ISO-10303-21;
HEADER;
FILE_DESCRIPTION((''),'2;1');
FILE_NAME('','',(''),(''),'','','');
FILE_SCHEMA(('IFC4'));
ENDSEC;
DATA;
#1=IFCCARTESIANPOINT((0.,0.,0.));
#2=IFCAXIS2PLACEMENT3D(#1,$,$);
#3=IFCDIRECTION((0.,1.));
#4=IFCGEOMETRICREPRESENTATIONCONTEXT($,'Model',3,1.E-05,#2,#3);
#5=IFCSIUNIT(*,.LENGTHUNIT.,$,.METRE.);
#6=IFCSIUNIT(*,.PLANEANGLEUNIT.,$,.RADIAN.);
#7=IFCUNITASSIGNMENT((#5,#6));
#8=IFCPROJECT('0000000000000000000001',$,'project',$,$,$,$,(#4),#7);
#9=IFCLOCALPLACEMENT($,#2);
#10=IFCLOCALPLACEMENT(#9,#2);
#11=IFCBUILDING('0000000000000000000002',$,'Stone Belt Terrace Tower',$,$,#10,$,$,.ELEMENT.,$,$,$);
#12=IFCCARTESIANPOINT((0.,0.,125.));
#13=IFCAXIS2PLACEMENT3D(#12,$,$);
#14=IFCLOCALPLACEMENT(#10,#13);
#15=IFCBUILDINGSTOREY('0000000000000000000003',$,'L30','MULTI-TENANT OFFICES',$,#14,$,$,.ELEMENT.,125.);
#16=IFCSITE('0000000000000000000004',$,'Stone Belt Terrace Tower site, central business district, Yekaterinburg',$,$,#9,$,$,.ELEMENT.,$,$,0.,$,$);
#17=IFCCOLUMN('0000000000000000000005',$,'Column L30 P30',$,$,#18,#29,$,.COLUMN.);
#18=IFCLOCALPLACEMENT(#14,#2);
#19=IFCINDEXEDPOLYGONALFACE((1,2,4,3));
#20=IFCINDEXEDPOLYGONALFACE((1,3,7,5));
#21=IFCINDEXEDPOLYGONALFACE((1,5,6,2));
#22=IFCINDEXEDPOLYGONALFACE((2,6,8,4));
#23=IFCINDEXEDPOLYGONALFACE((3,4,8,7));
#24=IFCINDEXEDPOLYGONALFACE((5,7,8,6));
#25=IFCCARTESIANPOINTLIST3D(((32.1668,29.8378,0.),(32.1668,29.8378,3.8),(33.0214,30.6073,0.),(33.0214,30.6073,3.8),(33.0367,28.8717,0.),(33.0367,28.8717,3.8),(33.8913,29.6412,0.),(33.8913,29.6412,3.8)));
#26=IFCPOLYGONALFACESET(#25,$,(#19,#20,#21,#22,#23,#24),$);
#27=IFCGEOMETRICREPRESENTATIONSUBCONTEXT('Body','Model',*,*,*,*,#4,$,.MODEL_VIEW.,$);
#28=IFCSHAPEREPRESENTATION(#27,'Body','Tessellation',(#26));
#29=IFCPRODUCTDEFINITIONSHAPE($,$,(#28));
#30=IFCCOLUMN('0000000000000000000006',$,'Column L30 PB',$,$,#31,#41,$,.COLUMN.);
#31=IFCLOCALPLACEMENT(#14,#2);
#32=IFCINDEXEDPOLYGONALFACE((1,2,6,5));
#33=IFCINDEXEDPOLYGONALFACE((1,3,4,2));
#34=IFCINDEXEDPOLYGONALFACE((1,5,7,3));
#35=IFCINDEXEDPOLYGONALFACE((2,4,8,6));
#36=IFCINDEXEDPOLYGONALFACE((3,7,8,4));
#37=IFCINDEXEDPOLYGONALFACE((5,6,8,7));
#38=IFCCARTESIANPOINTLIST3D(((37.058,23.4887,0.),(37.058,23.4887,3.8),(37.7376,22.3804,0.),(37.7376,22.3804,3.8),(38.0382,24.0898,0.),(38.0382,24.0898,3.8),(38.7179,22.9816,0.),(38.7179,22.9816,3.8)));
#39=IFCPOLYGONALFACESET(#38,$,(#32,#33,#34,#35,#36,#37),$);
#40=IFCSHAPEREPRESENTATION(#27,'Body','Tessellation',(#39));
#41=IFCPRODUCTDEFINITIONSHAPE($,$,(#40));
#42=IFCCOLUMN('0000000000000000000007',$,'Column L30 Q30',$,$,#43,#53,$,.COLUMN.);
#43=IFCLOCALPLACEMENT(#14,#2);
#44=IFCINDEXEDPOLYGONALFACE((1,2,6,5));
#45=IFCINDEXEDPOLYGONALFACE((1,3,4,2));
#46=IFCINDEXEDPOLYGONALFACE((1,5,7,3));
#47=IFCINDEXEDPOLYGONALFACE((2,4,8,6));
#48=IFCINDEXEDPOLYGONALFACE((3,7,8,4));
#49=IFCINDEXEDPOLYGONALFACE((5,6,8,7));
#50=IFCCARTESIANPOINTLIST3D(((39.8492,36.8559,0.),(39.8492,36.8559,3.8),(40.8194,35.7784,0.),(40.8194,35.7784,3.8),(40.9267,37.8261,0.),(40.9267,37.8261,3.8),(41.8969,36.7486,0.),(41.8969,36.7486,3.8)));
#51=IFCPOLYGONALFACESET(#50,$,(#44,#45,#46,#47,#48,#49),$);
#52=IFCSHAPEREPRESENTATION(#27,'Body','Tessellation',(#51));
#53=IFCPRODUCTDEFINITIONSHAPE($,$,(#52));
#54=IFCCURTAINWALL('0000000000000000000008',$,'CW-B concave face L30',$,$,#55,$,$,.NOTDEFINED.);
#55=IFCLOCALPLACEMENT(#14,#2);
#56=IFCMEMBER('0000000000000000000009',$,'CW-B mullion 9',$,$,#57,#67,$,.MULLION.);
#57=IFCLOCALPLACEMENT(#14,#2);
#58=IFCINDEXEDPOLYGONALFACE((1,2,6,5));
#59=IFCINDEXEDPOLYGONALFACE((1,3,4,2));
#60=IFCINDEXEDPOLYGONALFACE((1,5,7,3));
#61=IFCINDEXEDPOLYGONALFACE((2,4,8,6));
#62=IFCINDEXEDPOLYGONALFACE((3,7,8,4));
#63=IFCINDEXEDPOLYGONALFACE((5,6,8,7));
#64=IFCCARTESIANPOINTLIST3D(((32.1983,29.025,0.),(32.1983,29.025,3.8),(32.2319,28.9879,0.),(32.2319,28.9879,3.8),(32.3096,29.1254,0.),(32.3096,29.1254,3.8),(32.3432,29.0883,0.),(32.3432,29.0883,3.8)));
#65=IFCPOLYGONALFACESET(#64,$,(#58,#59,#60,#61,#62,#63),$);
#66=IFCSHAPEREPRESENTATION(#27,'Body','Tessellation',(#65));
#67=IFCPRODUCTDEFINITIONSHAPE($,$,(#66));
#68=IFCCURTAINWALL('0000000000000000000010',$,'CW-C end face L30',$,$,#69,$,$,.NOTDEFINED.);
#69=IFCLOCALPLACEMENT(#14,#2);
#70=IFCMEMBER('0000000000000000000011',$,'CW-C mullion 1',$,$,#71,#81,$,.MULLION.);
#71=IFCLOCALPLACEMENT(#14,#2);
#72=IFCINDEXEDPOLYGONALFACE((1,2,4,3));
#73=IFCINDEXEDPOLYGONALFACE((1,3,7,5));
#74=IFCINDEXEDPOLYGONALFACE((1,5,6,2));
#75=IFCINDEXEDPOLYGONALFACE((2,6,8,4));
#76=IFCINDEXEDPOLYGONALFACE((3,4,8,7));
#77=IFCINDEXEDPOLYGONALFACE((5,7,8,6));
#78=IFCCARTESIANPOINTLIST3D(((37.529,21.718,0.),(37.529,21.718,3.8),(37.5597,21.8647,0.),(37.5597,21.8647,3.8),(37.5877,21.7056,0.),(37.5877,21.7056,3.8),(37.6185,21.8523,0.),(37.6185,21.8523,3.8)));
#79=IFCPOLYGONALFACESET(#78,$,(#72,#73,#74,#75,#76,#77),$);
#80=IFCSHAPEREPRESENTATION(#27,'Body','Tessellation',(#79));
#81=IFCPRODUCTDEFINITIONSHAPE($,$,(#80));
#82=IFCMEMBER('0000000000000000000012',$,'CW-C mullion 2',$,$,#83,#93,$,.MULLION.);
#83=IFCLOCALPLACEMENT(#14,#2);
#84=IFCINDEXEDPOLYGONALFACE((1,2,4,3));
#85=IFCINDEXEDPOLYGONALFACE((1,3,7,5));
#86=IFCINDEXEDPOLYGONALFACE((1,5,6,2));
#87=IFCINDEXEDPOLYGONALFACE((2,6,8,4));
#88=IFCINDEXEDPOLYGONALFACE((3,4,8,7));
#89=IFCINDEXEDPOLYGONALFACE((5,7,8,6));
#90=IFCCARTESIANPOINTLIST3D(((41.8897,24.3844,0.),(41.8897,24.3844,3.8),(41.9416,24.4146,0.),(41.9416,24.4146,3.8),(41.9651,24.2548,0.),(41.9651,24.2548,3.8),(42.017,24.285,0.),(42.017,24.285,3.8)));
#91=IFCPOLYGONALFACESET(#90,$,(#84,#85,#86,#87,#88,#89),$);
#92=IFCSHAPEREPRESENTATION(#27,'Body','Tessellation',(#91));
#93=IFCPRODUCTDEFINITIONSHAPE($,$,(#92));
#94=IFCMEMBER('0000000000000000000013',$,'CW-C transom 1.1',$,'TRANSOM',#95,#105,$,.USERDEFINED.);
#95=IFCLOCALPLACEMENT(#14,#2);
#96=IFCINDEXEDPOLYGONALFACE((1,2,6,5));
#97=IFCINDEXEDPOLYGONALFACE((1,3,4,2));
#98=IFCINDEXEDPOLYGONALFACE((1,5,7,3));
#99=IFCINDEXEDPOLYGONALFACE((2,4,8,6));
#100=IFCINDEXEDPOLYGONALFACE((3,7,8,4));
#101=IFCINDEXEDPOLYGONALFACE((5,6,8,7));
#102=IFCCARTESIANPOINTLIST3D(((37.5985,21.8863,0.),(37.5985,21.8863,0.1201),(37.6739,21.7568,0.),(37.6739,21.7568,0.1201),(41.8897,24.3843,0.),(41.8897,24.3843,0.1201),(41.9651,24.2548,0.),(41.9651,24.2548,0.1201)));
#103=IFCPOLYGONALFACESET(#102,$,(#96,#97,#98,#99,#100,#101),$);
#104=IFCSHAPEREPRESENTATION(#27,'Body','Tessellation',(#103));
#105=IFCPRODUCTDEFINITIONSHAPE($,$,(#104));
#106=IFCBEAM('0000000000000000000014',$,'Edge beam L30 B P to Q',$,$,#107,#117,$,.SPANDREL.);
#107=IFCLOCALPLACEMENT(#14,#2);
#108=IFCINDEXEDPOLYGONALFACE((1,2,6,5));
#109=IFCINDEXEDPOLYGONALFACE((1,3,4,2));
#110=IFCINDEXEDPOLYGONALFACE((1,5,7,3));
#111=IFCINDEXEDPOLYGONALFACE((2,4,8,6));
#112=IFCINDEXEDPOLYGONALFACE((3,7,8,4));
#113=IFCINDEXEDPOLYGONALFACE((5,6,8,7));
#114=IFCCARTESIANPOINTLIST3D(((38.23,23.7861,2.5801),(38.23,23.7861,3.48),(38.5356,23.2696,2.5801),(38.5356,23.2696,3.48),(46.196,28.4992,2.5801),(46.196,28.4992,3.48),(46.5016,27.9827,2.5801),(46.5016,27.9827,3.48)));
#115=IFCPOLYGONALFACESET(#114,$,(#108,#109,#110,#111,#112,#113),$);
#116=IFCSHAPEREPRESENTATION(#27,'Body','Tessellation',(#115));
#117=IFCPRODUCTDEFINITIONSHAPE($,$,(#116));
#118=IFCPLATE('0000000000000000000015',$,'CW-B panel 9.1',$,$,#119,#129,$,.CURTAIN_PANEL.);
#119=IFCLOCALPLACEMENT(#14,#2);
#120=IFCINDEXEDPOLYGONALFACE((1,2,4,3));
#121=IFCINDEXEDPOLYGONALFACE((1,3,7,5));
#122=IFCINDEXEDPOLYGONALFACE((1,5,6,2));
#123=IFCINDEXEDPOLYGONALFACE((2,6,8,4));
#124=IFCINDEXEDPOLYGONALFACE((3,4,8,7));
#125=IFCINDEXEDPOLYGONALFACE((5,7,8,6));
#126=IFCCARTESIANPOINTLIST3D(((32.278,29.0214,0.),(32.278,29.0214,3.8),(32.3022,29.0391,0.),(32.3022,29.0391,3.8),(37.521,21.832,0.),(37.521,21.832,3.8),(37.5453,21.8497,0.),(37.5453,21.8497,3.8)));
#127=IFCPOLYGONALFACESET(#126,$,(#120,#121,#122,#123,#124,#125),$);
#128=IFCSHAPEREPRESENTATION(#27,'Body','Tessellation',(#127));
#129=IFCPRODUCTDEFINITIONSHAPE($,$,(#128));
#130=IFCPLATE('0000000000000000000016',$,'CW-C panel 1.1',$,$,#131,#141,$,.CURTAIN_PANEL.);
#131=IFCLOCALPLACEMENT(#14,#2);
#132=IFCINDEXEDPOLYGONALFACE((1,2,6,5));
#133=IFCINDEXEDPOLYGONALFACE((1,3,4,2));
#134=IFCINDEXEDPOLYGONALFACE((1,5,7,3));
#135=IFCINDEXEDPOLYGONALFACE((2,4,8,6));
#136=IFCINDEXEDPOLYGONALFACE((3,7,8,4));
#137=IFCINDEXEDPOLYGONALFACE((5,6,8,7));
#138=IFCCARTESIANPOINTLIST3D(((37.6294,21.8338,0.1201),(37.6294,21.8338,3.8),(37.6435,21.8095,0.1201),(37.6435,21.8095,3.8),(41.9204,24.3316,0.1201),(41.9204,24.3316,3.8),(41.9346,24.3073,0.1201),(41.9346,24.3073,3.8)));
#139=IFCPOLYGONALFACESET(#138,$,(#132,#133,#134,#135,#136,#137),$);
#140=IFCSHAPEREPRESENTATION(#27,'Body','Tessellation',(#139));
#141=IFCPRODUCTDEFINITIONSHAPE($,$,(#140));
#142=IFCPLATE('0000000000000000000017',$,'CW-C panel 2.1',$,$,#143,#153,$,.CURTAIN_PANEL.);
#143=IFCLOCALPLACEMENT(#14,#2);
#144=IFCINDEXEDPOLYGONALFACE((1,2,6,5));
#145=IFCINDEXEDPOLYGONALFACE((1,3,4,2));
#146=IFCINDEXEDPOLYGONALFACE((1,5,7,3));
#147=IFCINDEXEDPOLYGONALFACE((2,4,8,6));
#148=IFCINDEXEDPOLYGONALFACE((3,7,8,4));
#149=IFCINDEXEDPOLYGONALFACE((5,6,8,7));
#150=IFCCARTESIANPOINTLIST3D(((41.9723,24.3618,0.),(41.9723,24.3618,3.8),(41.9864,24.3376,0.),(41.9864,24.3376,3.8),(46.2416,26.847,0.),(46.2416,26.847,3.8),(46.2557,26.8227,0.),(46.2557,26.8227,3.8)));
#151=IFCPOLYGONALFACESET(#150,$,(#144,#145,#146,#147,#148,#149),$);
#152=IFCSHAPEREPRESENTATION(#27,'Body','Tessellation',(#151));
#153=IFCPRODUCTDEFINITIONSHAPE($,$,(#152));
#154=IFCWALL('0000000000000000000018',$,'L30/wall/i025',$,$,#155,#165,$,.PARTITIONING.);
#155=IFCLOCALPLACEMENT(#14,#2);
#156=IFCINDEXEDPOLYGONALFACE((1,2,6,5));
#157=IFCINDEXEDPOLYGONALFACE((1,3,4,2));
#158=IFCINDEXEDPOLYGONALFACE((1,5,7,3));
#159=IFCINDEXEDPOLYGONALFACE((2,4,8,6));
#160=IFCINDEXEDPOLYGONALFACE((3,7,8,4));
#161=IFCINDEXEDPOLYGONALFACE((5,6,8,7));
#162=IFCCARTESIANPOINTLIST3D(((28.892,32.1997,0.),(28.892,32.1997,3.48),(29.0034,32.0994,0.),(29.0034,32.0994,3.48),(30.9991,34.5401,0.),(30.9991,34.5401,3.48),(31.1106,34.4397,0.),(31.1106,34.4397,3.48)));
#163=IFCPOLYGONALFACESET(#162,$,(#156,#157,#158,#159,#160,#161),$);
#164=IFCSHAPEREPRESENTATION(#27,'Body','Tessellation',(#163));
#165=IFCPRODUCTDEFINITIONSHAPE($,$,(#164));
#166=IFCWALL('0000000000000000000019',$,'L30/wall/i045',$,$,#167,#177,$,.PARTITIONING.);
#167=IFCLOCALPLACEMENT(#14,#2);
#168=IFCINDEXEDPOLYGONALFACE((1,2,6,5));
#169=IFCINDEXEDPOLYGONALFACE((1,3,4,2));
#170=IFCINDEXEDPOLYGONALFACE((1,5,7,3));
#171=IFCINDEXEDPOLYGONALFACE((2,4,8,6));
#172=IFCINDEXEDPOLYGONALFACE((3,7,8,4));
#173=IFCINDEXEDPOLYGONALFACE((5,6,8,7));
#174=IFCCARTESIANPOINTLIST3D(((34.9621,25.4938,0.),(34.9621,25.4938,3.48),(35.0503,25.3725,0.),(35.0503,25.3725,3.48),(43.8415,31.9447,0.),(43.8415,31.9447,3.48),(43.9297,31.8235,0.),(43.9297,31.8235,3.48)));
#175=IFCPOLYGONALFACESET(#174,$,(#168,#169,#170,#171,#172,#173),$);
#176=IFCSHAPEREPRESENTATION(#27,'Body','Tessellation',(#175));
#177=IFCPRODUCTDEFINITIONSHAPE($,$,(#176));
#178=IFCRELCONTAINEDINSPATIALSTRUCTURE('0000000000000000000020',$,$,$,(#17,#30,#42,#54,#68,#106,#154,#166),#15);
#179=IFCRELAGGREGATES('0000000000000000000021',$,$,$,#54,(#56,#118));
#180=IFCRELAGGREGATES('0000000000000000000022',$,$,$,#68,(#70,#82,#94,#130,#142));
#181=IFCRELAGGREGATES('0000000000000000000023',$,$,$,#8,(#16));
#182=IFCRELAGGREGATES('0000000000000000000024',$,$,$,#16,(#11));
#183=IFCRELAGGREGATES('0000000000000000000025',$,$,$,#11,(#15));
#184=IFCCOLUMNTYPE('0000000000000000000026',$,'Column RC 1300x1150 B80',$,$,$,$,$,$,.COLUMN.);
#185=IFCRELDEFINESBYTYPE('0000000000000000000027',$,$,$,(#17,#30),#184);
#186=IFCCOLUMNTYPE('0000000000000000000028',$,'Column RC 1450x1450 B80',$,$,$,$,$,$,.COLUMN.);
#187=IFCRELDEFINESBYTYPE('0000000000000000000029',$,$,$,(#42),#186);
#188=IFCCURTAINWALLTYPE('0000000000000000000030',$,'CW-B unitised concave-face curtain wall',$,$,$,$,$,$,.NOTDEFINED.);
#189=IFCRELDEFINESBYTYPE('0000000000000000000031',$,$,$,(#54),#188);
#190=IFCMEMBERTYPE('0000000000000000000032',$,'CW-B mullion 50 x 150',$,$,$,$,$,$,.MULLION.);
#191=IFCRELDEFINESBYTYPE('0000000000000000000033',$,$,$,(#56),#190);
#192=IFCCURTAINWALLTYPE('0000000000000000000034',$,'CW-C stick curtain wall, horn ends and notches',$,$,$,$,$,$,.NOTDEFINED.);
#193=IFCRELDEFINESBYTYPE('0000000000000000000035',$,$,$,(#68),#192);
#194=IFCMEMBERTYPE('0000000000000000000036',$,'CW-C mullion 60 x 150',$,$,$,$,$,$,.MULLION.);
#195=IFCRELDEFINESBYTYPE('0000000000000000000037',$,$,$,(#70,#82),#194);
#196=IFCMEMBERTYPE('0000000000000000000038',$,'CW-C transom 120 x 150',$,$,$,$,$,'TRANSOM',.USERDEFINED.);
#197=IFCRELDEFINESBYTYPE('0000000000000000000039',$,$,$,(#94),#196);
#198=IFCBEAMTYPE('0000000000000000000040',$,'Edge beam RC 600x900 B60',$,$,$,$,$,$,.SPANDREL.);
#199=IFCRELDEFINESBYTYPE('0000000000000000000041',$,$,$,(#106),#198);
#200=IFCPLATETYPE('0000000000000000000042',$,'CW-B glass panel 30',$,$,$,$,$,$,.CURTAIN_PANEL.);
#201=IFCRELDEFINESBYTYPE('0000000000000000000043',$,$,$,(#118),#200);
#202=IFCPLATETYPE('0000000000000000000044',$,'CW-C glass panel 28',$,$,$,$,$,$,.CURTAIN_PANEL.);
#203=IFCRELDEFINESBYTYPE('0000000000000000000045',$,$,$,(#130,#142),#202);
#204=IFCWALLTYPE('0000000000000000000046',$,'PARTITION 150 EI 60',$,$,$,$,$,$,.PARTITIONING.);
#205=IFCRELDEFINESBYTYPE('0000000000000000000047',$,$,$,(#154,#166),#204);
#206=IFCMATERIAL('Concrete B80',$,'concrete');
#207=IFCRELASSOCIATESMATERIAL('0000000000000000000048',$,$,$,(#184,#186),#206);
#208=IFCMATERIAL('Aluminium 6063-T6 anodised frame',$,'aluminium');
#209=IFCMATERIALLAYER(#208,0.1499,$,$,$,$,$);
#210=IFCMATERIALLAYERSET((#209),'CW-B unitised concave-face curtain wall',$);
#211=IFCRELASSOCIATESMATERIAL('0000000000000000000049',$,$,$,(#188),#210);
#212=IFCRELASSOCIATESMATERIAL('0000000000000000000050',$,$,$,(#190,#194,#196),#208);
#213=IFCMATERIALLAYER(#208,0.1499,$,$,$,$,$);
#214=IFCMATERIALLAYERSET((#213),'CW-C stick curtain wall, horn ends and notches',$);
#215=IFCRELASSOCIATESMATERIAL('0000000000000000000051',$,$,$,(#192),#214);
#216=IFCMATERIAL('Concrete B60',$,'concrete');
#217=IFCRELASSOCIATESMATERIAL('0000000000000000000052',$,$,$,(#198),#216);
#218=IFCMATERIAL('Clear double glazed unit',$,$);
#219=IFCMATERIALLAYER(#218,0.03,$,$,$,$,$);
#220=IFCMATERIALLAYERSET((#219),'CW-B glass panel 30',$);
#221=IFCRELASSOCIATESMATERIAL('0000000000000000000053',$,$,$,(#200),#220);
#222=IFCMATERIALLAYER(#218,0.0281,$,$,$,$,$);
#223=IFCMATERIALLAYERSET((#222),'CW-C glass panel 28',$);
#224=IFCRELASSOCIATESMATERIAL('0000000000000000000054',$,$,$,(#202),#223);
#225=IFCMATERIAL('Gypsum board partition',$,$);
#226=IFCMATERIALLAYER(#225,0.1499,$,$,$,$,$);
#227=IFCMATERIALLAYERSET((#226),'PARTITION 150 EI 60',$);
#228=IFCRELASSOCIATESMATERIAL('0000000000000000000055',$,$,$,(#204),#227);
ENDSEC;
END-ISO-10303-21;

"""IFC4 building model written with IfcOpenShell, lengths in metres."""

from ifc_helpers import new_model, si_unit, direction, frame, frame_2d, origin, origin_2d, place, context, subcontext, project, spatial, rectangle, extrude, material, layer, layer_set, material_profile, profile_set, type_object, element, aggregate, save


model = new_model("IFC4")

# Units and contexts
model_context = context("Model", 3, precision=1e-05, world=origin(), true_north=direction((0.0, 1.0)))
body_context = subcontext(model_context, "Body", "Model", "MODEL_VIEW")
ifc_project = project(units=[si_unit("LENGTHUNIT", "METRE"), si_unit("PLANEANGLEUNIT", "RADIAN")], contexts=[model_context])

# Site, building, storey
site_placement = place(None, origin())
site = spatial("IfcSite", under=ifc_project, at=site_placement, Name="Stone Belt Terrace Tower site, central business district, Yekaterinburg", CompositionType="ELEMENT", RefElevation=0.0)
building_placement = place(site_placement, origin())
building = spatial("IfcBuilding", under=site, at=building_placement, Name="Stone Belt Terrace Tower", CompositionType="ELEMENT")
storey_placement = place(building_placement, frame((0.0, 0.0, 125.0)))
storey = spatial("IfcBuildingStorey", under=building, at=storey_placement, Name="L30", Description="MULTI-TENANT OFFICES", CompositionType="ELEMENT", Elevation=125.0)

# Columns
ifc_material_1 = material(Name="Concrete B80", Category="concrete")
ifc_material_profile_1 = material_profile(ifc_material_1, rectangle(XDim=1.3, YDim=1.1499, at=origin_2d()), Name="RC 1300x1150")
ifc_profile_set_1 = profile_set([ifc_material_profile_1], Name="Concrete B80")
column_type_1 = type_object("IfcColumnType", Name="Column RC 1300x1150 B80", PredefinedType="COLUMN", material=ifc_profile_set_1)
for number, where, z_axis, x_axis, name in (
    (1, (33.0291, 29.7395, 0.0), (0.0, 0.0, 1.0), (0.669131, -0.743145, 0.0), "Column L30 P30"),
    (2, (37.8879, 23.2351, 0.0), (0.0, 0.0, 1.0), (0.522781, -0.852467, 0.0), "Column L30 PB"),
):
    element("IfcColumn", number, at=place(storey_placement, frame(where, z_axis=z_axis, x_axis=x_axis)), inside=storey, type_object=column_type_1, Name=name, PredefinedType="COLUMN", context=body_context, shape_type="SweptSolid", body=[
        extrude(rectangle(XDim=1.3, YDim=1.1499, at=origin_2d()), origin(), (0.0, 0.0, 1.0), 3.8),
    ])
ifc_material_profile_2 = material_profile(ifc_material_1, rectangle(XDim=1.45, YDim=1.45, at=origin_2d()), Name="RC 1450x1450")
ifc_profile_set_2 = profile_set([ifc_material_profile_2], Name="Concrete B80")
column_type_2 = type_object("IfcColumnType", Name="Column RC 1450x1450 B80", PredefinedType="COLUMN", material=ifc_profile_set_2)
column_placement = place(storey_placement, frame((40.873, 36.8022, 0.0), z_axis=(0.0, 0.0, 1.0), x_axis=(0.669131, -0.743145, 0.0)))
element("IfcColumn", 3, at=column_placement, inside=storey, type_object=column_type_2, Name="Column L30 Q30", PredefinedType="COLUMN", context=body_context, shape_type="SweptSolid", body=[
    extrude(rectangle(XDim=1.45, YDim=1.45, at=origin_2d()), origin(), (0.0, 0.0, 1.0), 3.8),
])

# Curtain wall, member
ifc_material_2 = material(Name="Aluminium 6063-T6 anodised frame", Category="aluminium")
ifc_layer_1 = layer(ifc_material_2, 0.1499)
ifc_layer_set_1 = layer_set([ifc_layer_1], Name="CW-B unitised concave-face curtain wall")
curtain_wall_type_1 = type_object("IfcCurtainWallType", Name="CW-B unitised concave-face curtain wall", PredefinedType="NOTDEFINED", material=ifc_layer_set_1)
curtain_wall_1_placement = place(storey_placement, origin())
curtain_wall_1 = element("IfcCurtainWall", 4, at=curtain_wall_1_placement, inside=storey, type_object=curtain_wall_type_1, Name="CW-B concave face L30", PredefinedType="NOTDEFINED")
ifc_material_profile_3 = material_profile(ifc_material_2, rectangle(XDim=0.1499, YDim=0.05, at=origin_2d()), Name="Aluminium 6063-T6 50x150")
ifc_profile_set_3 = profile_set([ifc_material_profile_3], Name="Aluminium 6063-T6 anodised frame")
member_type_1 = type_object("IfcMemberType", Name="CW-B mullion 50 x 150", PredefinedType="MULLION", material=ifc_profile_set_3)
member_1_placement = place(storey_placement, frame((32.2708, 29.0566, 0.0), z_axis=(0.0, 0.0, 1.0), x_axis=(0.742549, 0.669792, 0.0)))
member_1 = element("IfcMember", 5, at=member_1_placement, type_object=member_type_1, Name="CW-B mullion 9", PredefinedType="MULLION", context=body_context, shape_type="SweptSolid", body=[
    extrude(rectangle(XDim=0.1499, YDim=0.05, at=origin_2d()), origin(), (0.0, 0.0, 1.0), 3.8),
])

# Curtain wall, members
ifc_layer_2 = layer(ifc_material_2, 0.1499)
ifc_layer_set_2 = layer_set([ifc_layer_2], Name="CW-C stick curtain wall, horn ends and notches")
curtain_wall_type_2 = type_object("IfcCurtainWallType", Name="CW-C stick curtain wall, horn ends and notches", PredefinedType="NOTDEFINED", material=ifc_layer_set_2)
curtain_wall_2_placement = place(storey_placement, origin())
curtain_wall_2 = element("IfcCurtainWall", 6, at=curtain_wall_2_placement, inside=storey, type_object=curtain_wall_type_2, Name="CW-C end face L30", PredefinedType="NOTDEFINED")
ifc_material_profile_4 = material_profile(ifc_material_2, rectangle(XDim=0.1499, YDim=0.0601, at=origin_2d()), Name="Aluminium 6063-T6 60x150")
ifc_profile_set_4 = profile_set([ifc_material_profile_4], Name="Aluminium 6063-T6 anodised frame")
member_type_2 = type_object("IfcMemberType", Name="CW-C mullion 60 x 150", PredefinedType="MULLION", material=ifc_profile_set_4)
member_2_placement = place(storey_placement, frame((37.5737, 21.7852, 0.0), z_axis=(0.0, 0.0, 1.0), x_axis=(0.205298, 0.978699, 0.0)))
member_2 = element("IfcMember", 7, at=member_2_placement, type_object=member_type_2, Name="CW-C mullion 1", PredefinedType="MULLION", context=body_context, shape_type="SweptSolid", body=[
    extrude(rectangle(XDim=0.1499, YDim=0.0601, at=origin_2d()), origin(), (0.0, 0.0, 1.0), 3.8),
])
member_3_placement = place(storey_placement, frame((41.9534, 24.3347, 0.0), z_axis=(0.0, 0.0, 1.0), x_axis=(-0.503081, 0.864239, 0.0)))
member_3 = element("IfcMember", 8, at=member_3_placement, type_object=member_type_2, Name="CW-C mullion 2", PredefinedType="MULLION", context=body_context, shape_type="SweptSolid", body=[
    extrude(rectangle(XDim=0.1499, YDim=0.0601, at=origin_2d()), origin(), (0.0, 0.0, 1.0), 3.8),
])
ifc_material_profile_5 = material_profile(ifc_material_2, rectangle(XDim=0.1499, YDim=0.1201, at=origin_2d()), Name="Aluminium 6063-T6 150x120")
ifc_profile_set_5 = profile_set([ifc_material_profile_5], Name="Aluminium 6063-T6 anodised frame")
member_type_3 = type_object("IfcMemberType", Name="CW-C transom 120 x 150", ElementType="TRANSOM", PredefinedType="USERDEFINED", material=ifc_profile_set_5)
member_4_placement = place(storey_placement, frame((37.6362, 21.8215, 0.0601), z_axis=(0.864233, 0.503091, 0.0), x_axis=(-0.503091, 0.864233, 0.0)))
member_4 = element("IfcMember", 9, at=member_4_placement, type_object=member_type_3, Name="CW-C transom 1.1", ObjectType="TRANSOM", PredefinedType="USERDEFINED", context=body_context, shape_type="SweptSolid", body=[
    extrude(rectangle(XDim=0.1499, YDim=0.1201, at=origin_2d()), origin(), (0.0, 0.0, 1.0), 4.9653),
])

# Beam
ifc_material_3 = material(Name="Concrete B60", Category="concrete")
ifc_material_profile_6 = material_profile(ifc_material_3, rectangle(XDim=0.6001, YDim=0.8999, at=origin_2d()), Name="RC 600x900")
ifc_profile_set_6 = profile_set([ifc_material_profile_6], Name="Concrete B60")
beam_type = type_object("IfcBeamType", Name="Edge beam RC 600x900 B60", PredefinedType="SPANDREL", material=ifc_profile_set_6)
beam_placement = place(storey_placement, frame((38.3828, 23.5278, 3.03), z_axis=(0.860647, 0.509203, 0.0), x_axis=(-0.509203, 0.860647, 0.0)))
element("IfcBeam", 10, at=beam_placement, inside=storey, type_object=beam_type, Name="Edge beam L30 B P to Q", PredefinedType="SPANDREL", context=body_context, shape_type="SweptSolid", body=[
    extrude(rectangle(XDim=0.6001, YDim=0.8999, at=origin_2d()), origin(), (0.0, 0.0, 1.0), 9.2559),
])

# Plates
ifc_material_4 = material(Name="Clear double glazed unit")
ifc_layer_3 = layer(ifc_material_4, 0.03)
ifc_layer_set_3 = layer_set([ifc_layer_3], Name="CW-B glass panel 30")
plate_type_1 = type_object("IfcPlateType", Name="CW-B glass panel 30", PredefinedType="CURTAIN_PANEL", material=ifc_layer_set_3)
plate_1_placement = place(storey_placement, frame((34.9116, 25.4355, 0.0), z_axis=(0.0, 0.0, 1.0), x_axis=(0.589225, -0.807969, 0.0)))
plate_1 = element("IfcPlate", 11, at=plate_1_placement, type_object=plate_type_1, Name="CW-B panel 9.1", PredefinedType="CURTAIN_PANEL", context=body_context, shape_type="SweptSolid", body=[
    extrude(rectangle(XDim=8.8982, YDim=0.03, at=origin_2d()), origin(), (0.0, 0.0, 1.0), 3.8),
])
aggregate(curtain_wall_1, [member_1, plate_1])
ifc_layer_4 = layer(ifc_material_4, 0.0281)
ifc_layer_set_4 = layer_set([ifc_layer_4], Name="CW-C glass panel 28")
plate_type_2 = type_object("IfcPlateType", Name="CW-C glass panel 28", PredefinedType="CURTAIN_PANEL", material=ifc_layer_set_4)
plate_2_placement = place(storey_placement, frame((39.782, 23.0706, 0.1201), z_axis=(0.0, 0.0, 1.0), x_axis=(0.864239, 0.503081, 0.0)))
plate_2 = element("IfcPlate", 12, at=plate_2_placement, type_object=plate_type_2, Name="CW-C panel 1.1", PredefinedType="CURTAIN_PANEL", context=body_context, shape_type="SweptSolid", body=[
    extrude(rectangle(XDim=4.9651, YDim=0.0281, at=origin_2d()), origin(), (0.0, 0.0, 1.0), 3.6799),
])
plate_3_placement = place(storey_placement, frame((44.114, 25.5923, 0.0), z_axis=(0.0, 0.0, 1.0), x_axis=(0.864239, 0.503081, 0.0)))
plate_3 = element("IfcPlate", 13, at=plate_3_placement, type_object=plate_type_2, Name="CW-C panel 2.1", PredefinedType="CURTAIN_PANEL", context=body_context, shape_type="SweptSolid", body=[
    extrude(rectangle(XDim=4.9399, YDim=0.0281, at=origin_2d()), origin(), (0.0, 0.0, 1.0), 3.8),
])
aggregate(curtain_wall_2, [member_2, member_3, member_4, plate_2, plate_3])

# Walls
ifc_material_5 = material(Name="Gypsum board partition")
ifc_layer_5 = layer(ifc_material_5, 0.1499)
ifc_layer_set_5 = layer_set([ifc_layer_5], Name="PARTITION 150 EI 60")
wall_type_1 = type_object("IfcWallType", Name="PARTITION 150 EI 60", PredefinedType="PARTITIONING", material=ifc_layer_set_5)
wall_1_placement = place(storey_placement, frame((31.0549, 34.49, 0.0), z_axis=(0.0, 0.0, 1.0), x_axis=(-0.669119, -0.743155, 0.0)))
element("IfcWall", 14, at=wall_1_placement, inside=storey, type_object=wall_type_1, Name="L30/wall/i025", PredefinedType="PARTITIONING", context=body_context, shape_type="SweptSolid", body=[
    extrude(rectangle(XDim=3.1492, YDim=0.1499, at=frame_2d((1.5747, 0.0))), origin(), (0.0, 0.0, 1.0), 3.48),
])
wall_2_placement = place(storey_placement, frame((35.0061, 25.4331, 0.0), z_axis=(0.0, 0.0, 1.0), x_axis=(0.809031, 0.587766, 0.0)))
element("IfcWall", 15, at=wall_2_placement, inside=storey, type_object=wall_type_1, Name="L30/wall/i045", PredefinedType="PARTITIONING", context=body_context, shape_type="SweptSolid", body=[
    extrude(rectangle(XDim=10.9753, YDim=0.1499, at=frame_2d((5.4878, 0.0))), origin(), (0.0, 0.0, 1.0), 3.48),
])

save(model, "model.ifc")
